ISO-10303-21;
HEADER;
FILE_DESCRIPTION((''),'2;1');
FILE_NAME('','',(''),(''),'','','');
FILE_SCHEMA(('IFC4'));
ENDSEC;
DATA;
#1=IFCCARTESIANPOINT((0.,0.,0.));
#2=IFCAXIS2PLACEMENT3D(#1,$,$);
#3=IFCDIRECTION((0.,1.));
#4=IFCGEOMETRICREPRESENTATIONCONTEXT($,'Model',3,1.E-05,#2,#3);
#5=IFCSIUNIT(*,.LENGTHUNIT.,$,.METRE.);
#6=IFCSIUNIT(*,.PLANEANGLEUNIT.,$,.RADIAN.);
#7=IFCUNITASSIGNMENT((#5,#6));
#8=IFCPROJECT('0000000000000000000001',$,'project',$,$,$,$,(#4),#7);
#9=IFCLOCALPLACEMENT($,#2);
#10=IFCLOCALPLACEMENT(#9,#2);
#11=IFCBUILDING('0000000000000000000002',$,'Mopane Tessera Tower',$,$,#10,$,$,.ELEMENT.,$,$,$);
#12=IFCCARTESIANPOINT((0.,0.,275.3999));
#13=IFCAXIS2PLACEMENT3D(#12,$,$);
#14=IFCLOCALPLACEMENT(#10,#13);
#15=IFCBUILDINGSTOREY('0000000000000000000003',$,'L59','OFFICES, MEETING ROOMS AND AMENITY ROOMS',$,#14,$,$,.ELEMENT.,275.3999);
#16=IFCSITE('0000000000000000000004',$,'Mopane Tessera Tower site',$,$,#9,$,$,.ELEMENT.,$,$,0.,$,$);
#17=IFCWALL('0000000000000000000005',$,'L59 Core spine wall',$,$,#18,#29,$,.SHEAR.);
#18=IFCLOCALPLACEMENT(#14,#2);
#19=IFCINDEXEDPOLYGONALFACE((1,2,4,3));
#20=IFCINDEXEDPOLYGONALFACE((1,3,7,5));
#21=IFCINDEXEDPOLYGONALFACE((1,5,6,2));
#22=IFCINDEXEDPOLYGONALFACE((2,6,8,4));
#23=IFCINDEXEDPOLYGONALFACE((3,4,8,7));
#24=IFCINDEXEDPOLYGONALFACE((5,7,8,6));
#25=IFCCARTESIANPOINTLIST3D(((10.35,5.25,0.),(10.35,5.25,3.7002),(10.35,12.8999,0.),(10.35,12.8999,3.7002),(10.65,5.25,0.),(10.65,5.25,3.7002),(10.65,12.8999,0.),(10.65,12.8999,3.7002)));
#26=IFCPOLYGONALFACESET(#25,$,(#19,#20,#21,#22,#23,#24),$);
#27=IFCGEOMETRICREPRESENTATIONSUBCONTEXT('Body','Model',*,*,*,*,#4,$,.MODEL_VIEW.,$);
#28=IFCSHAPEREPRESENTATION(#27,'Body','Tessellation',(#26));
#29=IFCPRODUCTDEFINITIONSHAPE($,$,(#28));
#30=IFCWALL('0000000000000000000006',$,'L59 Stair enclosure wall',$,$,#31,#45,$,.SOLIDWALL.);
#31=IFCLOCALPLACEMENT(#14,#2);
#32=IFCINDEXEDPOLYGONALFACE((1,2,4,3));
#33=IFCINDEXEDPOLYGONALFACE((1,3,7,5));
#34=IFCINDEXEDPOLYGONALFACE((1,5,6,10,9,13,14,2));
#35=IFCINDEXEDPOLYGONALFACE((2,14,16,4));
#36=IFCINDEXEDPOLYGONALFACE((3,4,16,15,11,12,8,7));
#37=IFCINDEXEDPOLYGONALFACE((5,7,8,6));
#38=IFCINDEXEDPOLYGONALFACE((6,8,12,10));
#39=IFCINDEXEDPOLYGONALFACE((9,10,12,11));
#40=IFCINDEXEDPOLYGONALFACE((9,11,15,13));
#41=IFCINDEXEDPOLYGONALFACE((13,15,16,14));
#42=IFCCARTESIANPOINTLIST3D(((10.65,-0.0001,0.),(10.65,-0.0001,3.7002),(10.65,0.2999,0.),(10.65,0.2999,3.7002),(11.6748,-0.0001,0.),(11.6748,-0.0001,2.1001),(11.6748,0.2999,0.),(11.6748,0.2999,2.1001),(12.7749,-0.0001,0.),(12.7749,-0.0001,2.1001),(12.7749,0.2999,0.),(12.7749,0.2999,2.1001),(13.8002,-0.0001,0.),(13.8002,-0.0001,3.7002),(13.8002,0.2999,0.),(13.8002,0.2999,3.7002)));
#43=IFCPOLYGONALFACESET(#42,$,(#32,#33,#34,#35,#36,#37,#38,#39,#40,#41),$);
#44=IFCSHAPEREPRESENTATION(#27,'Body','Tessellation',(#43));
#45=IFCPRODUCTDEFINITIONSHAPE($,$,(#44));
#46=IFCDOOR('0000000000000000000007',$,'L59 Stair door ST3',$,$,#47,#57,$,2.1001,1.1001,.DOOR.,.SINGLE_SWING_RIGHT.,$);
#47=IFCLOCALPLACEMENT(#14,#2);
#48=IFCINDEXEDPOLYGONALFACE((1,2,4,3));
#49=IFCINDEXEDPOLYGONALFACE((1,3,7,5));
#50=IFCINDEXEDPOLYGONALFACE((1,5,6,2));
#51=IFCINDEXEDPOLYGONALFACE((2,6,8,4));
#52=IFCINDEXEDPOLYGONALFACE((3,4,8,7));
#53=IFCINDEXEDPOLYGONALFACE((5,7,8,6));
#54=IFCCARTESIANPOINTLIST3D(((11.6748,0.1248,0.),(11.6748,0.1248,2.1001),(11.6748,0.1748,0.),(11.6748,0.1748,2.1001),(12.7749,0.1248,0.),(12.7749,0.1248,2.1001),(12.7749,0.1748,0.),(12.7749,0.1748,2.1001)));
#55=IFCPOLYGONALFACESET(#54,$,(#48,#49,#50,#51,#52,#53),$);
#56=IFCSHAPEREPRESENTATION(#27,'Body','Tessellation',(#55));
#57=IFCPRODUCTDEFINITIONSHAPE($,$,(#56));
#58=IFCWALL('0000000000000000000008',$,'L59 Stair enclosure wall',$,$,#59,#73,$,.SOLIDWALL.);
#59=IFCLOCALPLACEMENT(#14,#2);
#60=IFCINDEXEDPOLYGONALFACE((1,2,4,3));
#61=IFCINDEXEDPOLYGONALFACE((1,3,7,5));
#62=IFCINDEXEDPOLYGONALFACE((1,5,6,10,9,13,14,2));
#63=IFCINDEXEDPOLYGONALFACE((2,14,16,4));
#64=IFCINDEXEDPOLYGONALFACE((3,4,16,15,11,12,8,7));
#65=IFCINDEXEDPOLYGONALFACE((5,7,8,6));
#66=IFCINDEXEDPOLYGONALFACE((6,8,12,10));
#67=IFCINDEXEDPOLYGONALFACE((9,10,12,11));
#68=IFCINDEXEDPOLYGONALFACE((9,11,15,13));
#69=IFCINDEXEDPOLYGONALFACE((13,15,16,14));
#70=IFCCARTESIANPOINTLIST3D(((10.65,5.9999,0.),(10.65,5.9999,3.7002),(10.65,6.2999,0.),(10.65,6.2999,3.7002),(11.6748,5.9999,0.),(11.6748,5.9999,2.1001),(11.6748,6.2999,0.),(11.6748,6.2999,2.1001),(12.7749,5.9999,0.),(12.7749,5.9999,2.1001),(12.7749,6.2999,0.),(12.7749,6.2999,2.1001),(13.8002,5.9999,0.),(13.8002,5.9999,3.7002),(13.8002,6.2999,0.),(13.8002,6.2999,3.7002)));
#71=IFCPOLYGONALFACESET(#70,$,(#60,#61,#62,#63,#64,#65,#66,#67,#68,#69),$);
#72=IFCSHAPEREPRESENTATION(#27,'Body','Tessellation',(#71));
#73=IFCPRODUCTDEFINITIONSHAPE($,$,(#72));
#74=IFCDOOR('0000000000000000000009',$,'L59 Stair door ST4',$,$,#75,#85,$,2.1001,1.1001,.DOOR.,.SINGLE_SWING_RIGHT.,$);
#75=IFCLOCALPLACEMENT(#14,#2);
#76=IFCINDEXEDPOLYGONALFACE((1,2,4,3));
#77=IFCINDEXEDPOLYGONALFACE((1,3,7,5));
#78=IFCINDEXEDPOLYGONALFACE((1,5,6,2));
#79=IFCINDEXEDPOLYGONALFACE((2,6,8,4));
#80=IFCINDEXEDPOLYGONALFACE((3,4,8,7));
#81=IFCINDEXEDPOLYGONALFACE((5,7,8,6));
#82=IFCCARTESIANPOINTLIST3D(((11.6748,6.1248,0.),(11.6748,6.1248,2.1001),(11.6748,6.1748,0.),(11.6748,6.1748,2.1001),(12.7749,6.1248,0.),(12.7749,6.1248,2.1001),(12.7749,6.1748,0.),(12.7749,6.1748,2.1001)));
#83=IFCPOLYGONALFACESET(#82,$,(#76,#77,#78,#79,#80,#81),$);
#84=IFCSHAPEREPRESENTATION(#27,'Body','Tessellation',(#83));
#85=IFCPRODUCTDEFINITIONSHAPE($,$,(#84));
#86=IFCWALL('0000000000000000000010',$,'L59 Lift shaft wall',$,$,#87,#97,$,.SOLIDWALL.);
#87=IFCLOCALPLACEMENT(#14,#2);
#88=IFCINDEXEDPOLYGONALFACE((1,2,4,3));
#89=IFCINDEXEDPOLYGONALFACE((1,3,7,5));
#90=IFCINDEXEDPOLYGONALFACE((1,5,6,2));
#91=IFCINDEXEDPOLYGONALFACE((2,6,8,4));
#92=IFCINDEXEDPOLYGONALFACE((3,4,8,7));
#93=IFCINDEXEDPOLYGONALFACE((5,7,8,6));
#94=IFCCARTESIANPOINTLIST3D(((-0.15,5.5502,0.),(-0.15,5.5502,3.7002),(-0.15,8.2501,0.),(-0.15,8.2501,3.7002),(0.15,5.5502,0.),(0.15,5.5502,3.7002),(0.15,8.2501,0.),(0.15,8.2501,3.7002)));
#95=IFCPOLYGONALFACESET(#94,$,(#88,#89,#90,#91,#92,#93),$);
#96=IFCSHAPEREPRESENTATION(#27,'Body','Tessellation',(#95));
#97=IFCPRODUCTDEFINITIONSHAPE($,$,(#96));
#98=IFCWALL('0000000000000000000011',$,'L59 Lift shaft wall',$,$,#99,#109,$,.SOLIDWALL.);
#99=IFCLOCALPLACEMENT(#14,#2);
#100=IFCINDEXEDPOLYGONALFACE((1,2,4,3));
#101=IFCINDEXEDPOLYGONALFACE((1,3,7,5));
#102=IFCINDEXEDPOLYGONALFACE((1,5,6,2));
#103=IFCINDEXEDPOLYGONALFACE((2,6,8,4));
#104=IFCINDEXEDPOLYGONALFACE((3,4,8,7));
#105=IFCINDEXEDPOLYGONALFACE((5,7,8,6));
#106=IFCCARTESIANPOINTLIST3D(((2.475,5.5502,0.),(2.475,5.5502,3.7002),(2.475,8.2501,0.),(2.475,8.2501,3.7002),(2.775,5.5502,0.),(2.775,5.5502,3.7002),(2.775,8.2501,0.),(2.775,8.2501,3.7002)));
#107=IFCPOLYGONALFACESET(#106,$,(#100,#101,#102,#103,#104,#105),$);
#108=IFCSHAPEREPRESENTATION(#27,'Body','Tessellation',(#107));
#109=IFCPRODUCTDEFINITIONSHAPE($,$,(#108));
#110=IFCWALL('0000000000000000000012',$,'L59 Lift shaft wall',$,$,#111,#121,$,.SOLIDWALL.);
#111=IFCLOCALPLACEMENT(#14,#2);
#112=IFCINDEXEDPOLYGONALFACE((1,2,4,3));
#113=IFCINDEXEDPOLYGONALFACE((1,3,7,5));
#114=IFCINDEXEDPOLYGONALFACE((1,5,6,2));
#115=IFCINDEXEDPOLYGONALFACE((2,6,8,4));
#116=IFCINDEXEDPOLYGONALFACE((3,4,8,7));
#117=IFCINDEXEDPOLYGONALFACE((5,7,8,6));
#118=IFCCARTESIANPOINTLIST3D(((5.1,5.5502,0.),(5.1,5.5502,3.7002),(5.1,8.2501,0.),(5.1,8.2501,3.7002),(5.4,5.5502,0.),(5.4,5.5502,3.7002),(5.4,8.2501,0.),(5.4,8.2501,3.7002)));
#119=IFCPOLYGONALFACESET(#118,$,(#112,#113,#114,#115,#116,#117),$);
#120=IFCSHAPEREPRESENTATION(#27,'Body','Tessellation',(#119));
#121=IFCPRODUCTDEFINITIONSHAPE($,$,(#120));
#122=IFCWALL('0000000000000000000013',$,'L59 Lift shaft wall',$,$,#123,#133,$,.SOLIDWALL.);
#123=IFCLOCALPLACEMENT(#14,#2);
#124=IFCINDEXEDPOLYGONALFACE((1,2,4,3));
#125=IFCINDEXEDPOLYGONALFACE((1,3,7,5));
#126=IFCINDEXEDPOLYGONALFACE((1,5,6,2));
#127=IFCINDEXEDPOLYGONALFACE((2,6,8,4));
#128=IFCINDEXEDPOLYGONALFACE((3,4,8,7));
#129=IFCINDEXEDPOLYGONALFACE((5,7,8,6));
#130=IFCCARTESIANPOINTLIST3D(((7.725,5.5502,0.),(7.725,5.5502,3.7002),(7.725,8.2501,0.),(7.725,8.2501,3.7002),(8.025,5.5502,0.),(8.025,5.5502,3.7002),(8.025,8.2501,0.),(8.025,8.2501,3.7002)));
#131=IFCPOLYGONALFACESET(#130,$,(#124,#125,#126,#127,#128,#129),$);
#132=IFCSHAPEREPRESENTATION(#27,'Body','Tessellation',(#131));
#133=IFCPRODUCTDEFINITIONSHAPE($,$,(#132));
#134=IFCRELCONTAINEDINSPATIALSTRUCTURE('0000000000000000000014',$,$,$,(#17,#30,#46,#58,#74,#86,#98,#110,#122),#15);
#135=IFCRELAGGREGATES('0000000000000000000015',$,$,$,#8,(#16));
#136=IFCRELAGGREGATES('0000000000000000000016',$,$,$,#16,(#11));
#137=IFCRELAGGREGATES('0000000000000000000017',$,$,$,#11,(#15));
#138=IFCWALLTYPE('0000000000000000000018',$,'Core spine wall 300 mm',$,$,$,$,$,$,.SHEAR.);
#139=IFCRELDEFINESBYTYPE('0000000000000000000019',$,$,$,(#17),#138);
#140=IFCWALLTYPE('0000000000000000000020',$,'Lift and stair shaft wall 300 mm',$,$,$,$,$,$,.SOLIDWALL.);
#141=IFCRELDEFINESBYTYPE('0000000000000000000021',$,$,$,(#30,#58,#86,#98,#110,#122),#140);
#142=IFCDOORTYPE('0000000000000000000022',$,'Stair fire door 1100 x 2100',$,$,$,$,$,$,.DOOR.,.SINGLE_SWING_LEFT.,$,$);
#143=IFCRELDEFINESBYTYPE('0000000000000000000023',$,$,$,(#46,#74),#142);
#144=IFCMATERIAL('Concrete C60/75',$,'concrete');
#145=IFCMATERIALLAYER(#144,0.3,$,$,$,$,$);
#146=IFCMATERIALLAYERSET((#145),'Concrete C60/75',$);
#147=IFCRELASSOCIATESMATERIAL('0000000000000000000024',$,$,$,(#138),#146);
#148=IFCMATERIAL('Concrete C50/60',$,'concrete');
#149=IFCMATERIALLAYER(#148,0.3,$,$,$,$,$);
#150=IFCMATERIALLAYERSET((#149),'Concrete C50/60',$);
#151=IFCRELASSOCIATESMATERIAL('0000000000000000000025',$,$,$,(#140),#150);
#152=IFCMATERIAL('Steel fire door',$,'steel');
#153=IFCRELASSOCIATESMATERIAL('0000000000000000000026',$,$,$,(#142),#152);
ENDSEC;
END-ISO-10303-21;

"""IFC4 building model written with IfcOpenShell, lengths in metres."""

from ifc_helpers import new_model, si_unit, direction, frame, frame_2d, origin, place, context, subcontext, project, spatial, rectangle, extrude, material, layer, layer_set, type_object, element, fill, save


model = new_model("IFC4")

# Units and contexts
model_context = context("Model", 3, precision=1e-05, world=origin(), true_north=direction((0.0, 1.0)))
body_context = subcontext(model_context, "Body", "Model", "MODEL_VIEW")
ifc_project = project(units=[si_unit("LENGTHUNIT", "METRE"), si_unit("PLANEANGLEUNIT", "RADIAN")], contexts=[model_context])

# Site, building, storey
site_placement = place(None, origin())
site = spatial("IfcSite", under=ifc_project, at=site_placement, Name="Mopane Tessera Tower site", CompositionType="ELEMENT", RefElevation=0.0)
building_placement = place(site_placement, origin())
building = spatial("IfcBuilding", under=site, at=building_placement, Name="Mopane Tessera Tower", CompositionType="ELEMENT")
storey_placement = place(building_placement, frame((0.0, 0.0, 275.3999)))
storey = spatial("IfcBuildingStorey", under=building, at=storey_placement, Name="L59", Description="OFFICES, MEETING ROOMS AND AMENITY ROOMS", CompositionType="ELEMENT", Elevation=275.3999)

# Wall
ifc_material_1 = material(Name="Concrete C60/75", Category="concrete")
ifc_layer_1 = layer(ifc_material_1, 0.3)
ifc_layer_set_1 = layer_set([ifc_layer_1], Name="Concrete C60/75")
wall_type_1 = type_object("IfcWallType", Name="Core spine wall 300 mm", PredefinedType="SHEAR", material=ifc_layer_set_1)
wall_1_placement = place(storey_placement, frame((10.5, 5.25, 0.0), z_axis=(0.0, 0.0, 1.0), x_axis=(0.0, 1.0, 0.0)))
element("IfcWall", 1, at=wall_1_placement, inside=storey, type_object=wall_type_1, Name="L59 Core spine wall", PredefinedType="SHEAR", context=body_context, shape_type="SweptSolid", body=[
    extrude(rectangle(XDim=7.6499, YDim=0.3, at=frame_2d((3.825, 0.0))), origin(), (0.0, 0.0, 1.0), 3.7002),
])

# Walls, openings, doors
ifc_material_2 = material(Name="Concrete C50/60", Category="concrete")
ifc_layer_2 = layer(ifc_material_2, 0.3)
ifc_layer_set_2 = layer_set([ifc_layer_2], Name="Concrete C50/60")
wall_type_2 = type_object("IfcWallType", Name="Lift and stair shaft wall 300 mm", PredefinedType="SOLIDWALL", material=ifc_layer_set_2)
wall_2_placement = place(storey_placement, frame((10.6499, 0.1499, 0.0), z_axis=(0.0, 0.0, 1.0), x_axis=(1.0, 0.0, 0.0)))
wall_2 = element("IfcWall", 2, at=wall_2_placement, inside=storey, type_object=wall_type_2, Name="L59 Stair enclosure wall", PredefinedType="SOLIDWALL", context=body_context, shape_type="SweptSolid", body=[
    extrude(rectangle(XDim=3.1501, YDim=0.3, at=frame_2d((1.5752, 0.0))), origin(), (0.0, 0.0, 1.0), 3.7002),
])
opening_1_placement = place(wall_2_placement, frame((1.0249, 0.0, 0.0)))
opening_1 = element("IfcOpeningElement", 3, at=opening_1_placement, cuts=wall_2, PredefinedType="OPENING", context=body_context, shape_type="SweptSolid", body=[
    extrude(rectangle(XDim=1.1001, YDim=2.1001, at=frame_2d((0.55, 1.05))), frame((0.0, 0.1621, 0.0), z_axis=(0.0, -1.0, 0.0), x_axis=(1.0, 0.0, 0.0)), (0.0, 0.0, 1.0), 0.324),
])
ifc_material_3 = material(Name="Steel fire door", Category="steel")
door_type = type_object("IfcDoorType", Name="Stair fire door 1100 x 2100", OperationType="SINGLE_SWING_LEFT", PredefinedType="DOOR", material=ifc_material_3)
door_1_placement = place(opening_1_placement, origin())
door_1 = element("IfcDoor", 4, at=door_1_placement, inside=storey, type_object=door_type, Name="L59 Stair door ST3", OperationType="SINGLE_SWING_RIGHT", OverallHeight=2.1001, OverallWidth=1.1001, PredefinedType="DOOR", context=body_context, shape_type="SweptSolid", body=[
    extrude(rectangle(XDim=1.1001, YDim=2.1001, at=frame_2d((0.55, 1.05))), frame((0.0, 0.0249, 0.0), z_axis=(0.0, -1.0, 0.0), x_axis=(1.0, 0.0, 0.0)), (0.0, 0.0, 1.0), 0.05),
])
fill(opening_1, door_1)
wall_3_placement = place(storey_placement, frame((10.6499, 6.1499, 0.0), z_axis=(0.0, 0.0, 1.0), x_axis=(1.0, 0.0, 0.0)))
wall_3 = element("IfcWall", 5, at=wall_3_placement, inside=storey, type_object=wall_type_2, Name="L59 Stair enclosure wall", PredefinedType="SOLIDWALL", context=body_context, shape_type="SweptSolid", body=[
    extrude(rectangle(XDim=3.1501, YDim=0.3, at=frame_2d((1.5752, 0.0))), origin(), (0.0, 0.0, 1.0), 3.7002),
])
opening_2_placement = place(wall_3_placement, frame((1.0249, 0.0, 0.0)))
opening_2 = element("IfcOpeningElement", 6, at=opening_2_placement, cuts=wall_3, PredefinedType="OPENING", context=body_context, shape_type="SweptSolid", body=[
    extrude(rectangle(XDim=1.1001, YDim=2.1001, at=frame_2d((0.55, 1.05))), frame((0.0, 0.1621, 0.0), z_axis=(0.0, -1.0, 0.0), x_axis=(1.0, 0.0, 0.0)), (0.0, 0.0, 1.0), 0.324),
])
door_2_placement = place(opening_2_placement, origin())
door_2 = element("IfcDoor", 7, at=door_2_placement, inside=storey, type_object=door_type, Name="L59 Stair door ST4", OperationType="SINGLE_SWING_RIGHT", OverallHeight=2.1001, OverallWidth=1.1001, PredefinedType="DOOR", context=body_context, shape_type="SweptSolid", body=[
    extrude(rectangle(XDim=1.1001, YDim=2.1001, at=frame_2d((0.55, 1.05))), frame((0.0, 0.0249, 0.0), z_axis=(0.0, -1.0, 0.0), x_axis=(1.0, 0.0, 0.0)), (0.0, 0.0, 1.0), 0.05),
])
fill(opening_2, door_2)

# Walls
for number, where, z_axis, x_axis, name in (
    (8, (0.0, 5.55, 0.0), (0.0, 0.0, 1.0), (0.0, 1.0, 0.0), "L59 Lift shaft wall"),
    (9, (2.625, 5.55, 0.0), (0.0, 0.0, 1.0), (0.0, 1.0, 0.0), "L59 Lift shaft wall"),
    (10, (5.25, 5.55, 0.0), (0.0, 0.0, 1.0), (0.0, 1.0, 0.0), "L59 Lift shaft wall"),
    (11, (7.875, 5.55, 0.0), (0.0, 0.0, 1.0), (0.0, 1.0, 0.0), "L59 Lift shaft wall"),
):
    element("IfcWall", number, at=place(storey_placement, frame(where, z_axis=z_axis, x_axis=x_axis)), inside=storey, type_object=wall_type_2, Name=name, PredefinedType="SOLIDWALL", context=body_context, shape_type="SweptSolid", body=[
        extrude(rectangle(XDim=2.7, YDim=0.3, at=frame_2d((1.3501, 0.0))), origin(), (0.0, 0.0, 1.0), 3.7002),
    ])

save(model, "model.ifc")
